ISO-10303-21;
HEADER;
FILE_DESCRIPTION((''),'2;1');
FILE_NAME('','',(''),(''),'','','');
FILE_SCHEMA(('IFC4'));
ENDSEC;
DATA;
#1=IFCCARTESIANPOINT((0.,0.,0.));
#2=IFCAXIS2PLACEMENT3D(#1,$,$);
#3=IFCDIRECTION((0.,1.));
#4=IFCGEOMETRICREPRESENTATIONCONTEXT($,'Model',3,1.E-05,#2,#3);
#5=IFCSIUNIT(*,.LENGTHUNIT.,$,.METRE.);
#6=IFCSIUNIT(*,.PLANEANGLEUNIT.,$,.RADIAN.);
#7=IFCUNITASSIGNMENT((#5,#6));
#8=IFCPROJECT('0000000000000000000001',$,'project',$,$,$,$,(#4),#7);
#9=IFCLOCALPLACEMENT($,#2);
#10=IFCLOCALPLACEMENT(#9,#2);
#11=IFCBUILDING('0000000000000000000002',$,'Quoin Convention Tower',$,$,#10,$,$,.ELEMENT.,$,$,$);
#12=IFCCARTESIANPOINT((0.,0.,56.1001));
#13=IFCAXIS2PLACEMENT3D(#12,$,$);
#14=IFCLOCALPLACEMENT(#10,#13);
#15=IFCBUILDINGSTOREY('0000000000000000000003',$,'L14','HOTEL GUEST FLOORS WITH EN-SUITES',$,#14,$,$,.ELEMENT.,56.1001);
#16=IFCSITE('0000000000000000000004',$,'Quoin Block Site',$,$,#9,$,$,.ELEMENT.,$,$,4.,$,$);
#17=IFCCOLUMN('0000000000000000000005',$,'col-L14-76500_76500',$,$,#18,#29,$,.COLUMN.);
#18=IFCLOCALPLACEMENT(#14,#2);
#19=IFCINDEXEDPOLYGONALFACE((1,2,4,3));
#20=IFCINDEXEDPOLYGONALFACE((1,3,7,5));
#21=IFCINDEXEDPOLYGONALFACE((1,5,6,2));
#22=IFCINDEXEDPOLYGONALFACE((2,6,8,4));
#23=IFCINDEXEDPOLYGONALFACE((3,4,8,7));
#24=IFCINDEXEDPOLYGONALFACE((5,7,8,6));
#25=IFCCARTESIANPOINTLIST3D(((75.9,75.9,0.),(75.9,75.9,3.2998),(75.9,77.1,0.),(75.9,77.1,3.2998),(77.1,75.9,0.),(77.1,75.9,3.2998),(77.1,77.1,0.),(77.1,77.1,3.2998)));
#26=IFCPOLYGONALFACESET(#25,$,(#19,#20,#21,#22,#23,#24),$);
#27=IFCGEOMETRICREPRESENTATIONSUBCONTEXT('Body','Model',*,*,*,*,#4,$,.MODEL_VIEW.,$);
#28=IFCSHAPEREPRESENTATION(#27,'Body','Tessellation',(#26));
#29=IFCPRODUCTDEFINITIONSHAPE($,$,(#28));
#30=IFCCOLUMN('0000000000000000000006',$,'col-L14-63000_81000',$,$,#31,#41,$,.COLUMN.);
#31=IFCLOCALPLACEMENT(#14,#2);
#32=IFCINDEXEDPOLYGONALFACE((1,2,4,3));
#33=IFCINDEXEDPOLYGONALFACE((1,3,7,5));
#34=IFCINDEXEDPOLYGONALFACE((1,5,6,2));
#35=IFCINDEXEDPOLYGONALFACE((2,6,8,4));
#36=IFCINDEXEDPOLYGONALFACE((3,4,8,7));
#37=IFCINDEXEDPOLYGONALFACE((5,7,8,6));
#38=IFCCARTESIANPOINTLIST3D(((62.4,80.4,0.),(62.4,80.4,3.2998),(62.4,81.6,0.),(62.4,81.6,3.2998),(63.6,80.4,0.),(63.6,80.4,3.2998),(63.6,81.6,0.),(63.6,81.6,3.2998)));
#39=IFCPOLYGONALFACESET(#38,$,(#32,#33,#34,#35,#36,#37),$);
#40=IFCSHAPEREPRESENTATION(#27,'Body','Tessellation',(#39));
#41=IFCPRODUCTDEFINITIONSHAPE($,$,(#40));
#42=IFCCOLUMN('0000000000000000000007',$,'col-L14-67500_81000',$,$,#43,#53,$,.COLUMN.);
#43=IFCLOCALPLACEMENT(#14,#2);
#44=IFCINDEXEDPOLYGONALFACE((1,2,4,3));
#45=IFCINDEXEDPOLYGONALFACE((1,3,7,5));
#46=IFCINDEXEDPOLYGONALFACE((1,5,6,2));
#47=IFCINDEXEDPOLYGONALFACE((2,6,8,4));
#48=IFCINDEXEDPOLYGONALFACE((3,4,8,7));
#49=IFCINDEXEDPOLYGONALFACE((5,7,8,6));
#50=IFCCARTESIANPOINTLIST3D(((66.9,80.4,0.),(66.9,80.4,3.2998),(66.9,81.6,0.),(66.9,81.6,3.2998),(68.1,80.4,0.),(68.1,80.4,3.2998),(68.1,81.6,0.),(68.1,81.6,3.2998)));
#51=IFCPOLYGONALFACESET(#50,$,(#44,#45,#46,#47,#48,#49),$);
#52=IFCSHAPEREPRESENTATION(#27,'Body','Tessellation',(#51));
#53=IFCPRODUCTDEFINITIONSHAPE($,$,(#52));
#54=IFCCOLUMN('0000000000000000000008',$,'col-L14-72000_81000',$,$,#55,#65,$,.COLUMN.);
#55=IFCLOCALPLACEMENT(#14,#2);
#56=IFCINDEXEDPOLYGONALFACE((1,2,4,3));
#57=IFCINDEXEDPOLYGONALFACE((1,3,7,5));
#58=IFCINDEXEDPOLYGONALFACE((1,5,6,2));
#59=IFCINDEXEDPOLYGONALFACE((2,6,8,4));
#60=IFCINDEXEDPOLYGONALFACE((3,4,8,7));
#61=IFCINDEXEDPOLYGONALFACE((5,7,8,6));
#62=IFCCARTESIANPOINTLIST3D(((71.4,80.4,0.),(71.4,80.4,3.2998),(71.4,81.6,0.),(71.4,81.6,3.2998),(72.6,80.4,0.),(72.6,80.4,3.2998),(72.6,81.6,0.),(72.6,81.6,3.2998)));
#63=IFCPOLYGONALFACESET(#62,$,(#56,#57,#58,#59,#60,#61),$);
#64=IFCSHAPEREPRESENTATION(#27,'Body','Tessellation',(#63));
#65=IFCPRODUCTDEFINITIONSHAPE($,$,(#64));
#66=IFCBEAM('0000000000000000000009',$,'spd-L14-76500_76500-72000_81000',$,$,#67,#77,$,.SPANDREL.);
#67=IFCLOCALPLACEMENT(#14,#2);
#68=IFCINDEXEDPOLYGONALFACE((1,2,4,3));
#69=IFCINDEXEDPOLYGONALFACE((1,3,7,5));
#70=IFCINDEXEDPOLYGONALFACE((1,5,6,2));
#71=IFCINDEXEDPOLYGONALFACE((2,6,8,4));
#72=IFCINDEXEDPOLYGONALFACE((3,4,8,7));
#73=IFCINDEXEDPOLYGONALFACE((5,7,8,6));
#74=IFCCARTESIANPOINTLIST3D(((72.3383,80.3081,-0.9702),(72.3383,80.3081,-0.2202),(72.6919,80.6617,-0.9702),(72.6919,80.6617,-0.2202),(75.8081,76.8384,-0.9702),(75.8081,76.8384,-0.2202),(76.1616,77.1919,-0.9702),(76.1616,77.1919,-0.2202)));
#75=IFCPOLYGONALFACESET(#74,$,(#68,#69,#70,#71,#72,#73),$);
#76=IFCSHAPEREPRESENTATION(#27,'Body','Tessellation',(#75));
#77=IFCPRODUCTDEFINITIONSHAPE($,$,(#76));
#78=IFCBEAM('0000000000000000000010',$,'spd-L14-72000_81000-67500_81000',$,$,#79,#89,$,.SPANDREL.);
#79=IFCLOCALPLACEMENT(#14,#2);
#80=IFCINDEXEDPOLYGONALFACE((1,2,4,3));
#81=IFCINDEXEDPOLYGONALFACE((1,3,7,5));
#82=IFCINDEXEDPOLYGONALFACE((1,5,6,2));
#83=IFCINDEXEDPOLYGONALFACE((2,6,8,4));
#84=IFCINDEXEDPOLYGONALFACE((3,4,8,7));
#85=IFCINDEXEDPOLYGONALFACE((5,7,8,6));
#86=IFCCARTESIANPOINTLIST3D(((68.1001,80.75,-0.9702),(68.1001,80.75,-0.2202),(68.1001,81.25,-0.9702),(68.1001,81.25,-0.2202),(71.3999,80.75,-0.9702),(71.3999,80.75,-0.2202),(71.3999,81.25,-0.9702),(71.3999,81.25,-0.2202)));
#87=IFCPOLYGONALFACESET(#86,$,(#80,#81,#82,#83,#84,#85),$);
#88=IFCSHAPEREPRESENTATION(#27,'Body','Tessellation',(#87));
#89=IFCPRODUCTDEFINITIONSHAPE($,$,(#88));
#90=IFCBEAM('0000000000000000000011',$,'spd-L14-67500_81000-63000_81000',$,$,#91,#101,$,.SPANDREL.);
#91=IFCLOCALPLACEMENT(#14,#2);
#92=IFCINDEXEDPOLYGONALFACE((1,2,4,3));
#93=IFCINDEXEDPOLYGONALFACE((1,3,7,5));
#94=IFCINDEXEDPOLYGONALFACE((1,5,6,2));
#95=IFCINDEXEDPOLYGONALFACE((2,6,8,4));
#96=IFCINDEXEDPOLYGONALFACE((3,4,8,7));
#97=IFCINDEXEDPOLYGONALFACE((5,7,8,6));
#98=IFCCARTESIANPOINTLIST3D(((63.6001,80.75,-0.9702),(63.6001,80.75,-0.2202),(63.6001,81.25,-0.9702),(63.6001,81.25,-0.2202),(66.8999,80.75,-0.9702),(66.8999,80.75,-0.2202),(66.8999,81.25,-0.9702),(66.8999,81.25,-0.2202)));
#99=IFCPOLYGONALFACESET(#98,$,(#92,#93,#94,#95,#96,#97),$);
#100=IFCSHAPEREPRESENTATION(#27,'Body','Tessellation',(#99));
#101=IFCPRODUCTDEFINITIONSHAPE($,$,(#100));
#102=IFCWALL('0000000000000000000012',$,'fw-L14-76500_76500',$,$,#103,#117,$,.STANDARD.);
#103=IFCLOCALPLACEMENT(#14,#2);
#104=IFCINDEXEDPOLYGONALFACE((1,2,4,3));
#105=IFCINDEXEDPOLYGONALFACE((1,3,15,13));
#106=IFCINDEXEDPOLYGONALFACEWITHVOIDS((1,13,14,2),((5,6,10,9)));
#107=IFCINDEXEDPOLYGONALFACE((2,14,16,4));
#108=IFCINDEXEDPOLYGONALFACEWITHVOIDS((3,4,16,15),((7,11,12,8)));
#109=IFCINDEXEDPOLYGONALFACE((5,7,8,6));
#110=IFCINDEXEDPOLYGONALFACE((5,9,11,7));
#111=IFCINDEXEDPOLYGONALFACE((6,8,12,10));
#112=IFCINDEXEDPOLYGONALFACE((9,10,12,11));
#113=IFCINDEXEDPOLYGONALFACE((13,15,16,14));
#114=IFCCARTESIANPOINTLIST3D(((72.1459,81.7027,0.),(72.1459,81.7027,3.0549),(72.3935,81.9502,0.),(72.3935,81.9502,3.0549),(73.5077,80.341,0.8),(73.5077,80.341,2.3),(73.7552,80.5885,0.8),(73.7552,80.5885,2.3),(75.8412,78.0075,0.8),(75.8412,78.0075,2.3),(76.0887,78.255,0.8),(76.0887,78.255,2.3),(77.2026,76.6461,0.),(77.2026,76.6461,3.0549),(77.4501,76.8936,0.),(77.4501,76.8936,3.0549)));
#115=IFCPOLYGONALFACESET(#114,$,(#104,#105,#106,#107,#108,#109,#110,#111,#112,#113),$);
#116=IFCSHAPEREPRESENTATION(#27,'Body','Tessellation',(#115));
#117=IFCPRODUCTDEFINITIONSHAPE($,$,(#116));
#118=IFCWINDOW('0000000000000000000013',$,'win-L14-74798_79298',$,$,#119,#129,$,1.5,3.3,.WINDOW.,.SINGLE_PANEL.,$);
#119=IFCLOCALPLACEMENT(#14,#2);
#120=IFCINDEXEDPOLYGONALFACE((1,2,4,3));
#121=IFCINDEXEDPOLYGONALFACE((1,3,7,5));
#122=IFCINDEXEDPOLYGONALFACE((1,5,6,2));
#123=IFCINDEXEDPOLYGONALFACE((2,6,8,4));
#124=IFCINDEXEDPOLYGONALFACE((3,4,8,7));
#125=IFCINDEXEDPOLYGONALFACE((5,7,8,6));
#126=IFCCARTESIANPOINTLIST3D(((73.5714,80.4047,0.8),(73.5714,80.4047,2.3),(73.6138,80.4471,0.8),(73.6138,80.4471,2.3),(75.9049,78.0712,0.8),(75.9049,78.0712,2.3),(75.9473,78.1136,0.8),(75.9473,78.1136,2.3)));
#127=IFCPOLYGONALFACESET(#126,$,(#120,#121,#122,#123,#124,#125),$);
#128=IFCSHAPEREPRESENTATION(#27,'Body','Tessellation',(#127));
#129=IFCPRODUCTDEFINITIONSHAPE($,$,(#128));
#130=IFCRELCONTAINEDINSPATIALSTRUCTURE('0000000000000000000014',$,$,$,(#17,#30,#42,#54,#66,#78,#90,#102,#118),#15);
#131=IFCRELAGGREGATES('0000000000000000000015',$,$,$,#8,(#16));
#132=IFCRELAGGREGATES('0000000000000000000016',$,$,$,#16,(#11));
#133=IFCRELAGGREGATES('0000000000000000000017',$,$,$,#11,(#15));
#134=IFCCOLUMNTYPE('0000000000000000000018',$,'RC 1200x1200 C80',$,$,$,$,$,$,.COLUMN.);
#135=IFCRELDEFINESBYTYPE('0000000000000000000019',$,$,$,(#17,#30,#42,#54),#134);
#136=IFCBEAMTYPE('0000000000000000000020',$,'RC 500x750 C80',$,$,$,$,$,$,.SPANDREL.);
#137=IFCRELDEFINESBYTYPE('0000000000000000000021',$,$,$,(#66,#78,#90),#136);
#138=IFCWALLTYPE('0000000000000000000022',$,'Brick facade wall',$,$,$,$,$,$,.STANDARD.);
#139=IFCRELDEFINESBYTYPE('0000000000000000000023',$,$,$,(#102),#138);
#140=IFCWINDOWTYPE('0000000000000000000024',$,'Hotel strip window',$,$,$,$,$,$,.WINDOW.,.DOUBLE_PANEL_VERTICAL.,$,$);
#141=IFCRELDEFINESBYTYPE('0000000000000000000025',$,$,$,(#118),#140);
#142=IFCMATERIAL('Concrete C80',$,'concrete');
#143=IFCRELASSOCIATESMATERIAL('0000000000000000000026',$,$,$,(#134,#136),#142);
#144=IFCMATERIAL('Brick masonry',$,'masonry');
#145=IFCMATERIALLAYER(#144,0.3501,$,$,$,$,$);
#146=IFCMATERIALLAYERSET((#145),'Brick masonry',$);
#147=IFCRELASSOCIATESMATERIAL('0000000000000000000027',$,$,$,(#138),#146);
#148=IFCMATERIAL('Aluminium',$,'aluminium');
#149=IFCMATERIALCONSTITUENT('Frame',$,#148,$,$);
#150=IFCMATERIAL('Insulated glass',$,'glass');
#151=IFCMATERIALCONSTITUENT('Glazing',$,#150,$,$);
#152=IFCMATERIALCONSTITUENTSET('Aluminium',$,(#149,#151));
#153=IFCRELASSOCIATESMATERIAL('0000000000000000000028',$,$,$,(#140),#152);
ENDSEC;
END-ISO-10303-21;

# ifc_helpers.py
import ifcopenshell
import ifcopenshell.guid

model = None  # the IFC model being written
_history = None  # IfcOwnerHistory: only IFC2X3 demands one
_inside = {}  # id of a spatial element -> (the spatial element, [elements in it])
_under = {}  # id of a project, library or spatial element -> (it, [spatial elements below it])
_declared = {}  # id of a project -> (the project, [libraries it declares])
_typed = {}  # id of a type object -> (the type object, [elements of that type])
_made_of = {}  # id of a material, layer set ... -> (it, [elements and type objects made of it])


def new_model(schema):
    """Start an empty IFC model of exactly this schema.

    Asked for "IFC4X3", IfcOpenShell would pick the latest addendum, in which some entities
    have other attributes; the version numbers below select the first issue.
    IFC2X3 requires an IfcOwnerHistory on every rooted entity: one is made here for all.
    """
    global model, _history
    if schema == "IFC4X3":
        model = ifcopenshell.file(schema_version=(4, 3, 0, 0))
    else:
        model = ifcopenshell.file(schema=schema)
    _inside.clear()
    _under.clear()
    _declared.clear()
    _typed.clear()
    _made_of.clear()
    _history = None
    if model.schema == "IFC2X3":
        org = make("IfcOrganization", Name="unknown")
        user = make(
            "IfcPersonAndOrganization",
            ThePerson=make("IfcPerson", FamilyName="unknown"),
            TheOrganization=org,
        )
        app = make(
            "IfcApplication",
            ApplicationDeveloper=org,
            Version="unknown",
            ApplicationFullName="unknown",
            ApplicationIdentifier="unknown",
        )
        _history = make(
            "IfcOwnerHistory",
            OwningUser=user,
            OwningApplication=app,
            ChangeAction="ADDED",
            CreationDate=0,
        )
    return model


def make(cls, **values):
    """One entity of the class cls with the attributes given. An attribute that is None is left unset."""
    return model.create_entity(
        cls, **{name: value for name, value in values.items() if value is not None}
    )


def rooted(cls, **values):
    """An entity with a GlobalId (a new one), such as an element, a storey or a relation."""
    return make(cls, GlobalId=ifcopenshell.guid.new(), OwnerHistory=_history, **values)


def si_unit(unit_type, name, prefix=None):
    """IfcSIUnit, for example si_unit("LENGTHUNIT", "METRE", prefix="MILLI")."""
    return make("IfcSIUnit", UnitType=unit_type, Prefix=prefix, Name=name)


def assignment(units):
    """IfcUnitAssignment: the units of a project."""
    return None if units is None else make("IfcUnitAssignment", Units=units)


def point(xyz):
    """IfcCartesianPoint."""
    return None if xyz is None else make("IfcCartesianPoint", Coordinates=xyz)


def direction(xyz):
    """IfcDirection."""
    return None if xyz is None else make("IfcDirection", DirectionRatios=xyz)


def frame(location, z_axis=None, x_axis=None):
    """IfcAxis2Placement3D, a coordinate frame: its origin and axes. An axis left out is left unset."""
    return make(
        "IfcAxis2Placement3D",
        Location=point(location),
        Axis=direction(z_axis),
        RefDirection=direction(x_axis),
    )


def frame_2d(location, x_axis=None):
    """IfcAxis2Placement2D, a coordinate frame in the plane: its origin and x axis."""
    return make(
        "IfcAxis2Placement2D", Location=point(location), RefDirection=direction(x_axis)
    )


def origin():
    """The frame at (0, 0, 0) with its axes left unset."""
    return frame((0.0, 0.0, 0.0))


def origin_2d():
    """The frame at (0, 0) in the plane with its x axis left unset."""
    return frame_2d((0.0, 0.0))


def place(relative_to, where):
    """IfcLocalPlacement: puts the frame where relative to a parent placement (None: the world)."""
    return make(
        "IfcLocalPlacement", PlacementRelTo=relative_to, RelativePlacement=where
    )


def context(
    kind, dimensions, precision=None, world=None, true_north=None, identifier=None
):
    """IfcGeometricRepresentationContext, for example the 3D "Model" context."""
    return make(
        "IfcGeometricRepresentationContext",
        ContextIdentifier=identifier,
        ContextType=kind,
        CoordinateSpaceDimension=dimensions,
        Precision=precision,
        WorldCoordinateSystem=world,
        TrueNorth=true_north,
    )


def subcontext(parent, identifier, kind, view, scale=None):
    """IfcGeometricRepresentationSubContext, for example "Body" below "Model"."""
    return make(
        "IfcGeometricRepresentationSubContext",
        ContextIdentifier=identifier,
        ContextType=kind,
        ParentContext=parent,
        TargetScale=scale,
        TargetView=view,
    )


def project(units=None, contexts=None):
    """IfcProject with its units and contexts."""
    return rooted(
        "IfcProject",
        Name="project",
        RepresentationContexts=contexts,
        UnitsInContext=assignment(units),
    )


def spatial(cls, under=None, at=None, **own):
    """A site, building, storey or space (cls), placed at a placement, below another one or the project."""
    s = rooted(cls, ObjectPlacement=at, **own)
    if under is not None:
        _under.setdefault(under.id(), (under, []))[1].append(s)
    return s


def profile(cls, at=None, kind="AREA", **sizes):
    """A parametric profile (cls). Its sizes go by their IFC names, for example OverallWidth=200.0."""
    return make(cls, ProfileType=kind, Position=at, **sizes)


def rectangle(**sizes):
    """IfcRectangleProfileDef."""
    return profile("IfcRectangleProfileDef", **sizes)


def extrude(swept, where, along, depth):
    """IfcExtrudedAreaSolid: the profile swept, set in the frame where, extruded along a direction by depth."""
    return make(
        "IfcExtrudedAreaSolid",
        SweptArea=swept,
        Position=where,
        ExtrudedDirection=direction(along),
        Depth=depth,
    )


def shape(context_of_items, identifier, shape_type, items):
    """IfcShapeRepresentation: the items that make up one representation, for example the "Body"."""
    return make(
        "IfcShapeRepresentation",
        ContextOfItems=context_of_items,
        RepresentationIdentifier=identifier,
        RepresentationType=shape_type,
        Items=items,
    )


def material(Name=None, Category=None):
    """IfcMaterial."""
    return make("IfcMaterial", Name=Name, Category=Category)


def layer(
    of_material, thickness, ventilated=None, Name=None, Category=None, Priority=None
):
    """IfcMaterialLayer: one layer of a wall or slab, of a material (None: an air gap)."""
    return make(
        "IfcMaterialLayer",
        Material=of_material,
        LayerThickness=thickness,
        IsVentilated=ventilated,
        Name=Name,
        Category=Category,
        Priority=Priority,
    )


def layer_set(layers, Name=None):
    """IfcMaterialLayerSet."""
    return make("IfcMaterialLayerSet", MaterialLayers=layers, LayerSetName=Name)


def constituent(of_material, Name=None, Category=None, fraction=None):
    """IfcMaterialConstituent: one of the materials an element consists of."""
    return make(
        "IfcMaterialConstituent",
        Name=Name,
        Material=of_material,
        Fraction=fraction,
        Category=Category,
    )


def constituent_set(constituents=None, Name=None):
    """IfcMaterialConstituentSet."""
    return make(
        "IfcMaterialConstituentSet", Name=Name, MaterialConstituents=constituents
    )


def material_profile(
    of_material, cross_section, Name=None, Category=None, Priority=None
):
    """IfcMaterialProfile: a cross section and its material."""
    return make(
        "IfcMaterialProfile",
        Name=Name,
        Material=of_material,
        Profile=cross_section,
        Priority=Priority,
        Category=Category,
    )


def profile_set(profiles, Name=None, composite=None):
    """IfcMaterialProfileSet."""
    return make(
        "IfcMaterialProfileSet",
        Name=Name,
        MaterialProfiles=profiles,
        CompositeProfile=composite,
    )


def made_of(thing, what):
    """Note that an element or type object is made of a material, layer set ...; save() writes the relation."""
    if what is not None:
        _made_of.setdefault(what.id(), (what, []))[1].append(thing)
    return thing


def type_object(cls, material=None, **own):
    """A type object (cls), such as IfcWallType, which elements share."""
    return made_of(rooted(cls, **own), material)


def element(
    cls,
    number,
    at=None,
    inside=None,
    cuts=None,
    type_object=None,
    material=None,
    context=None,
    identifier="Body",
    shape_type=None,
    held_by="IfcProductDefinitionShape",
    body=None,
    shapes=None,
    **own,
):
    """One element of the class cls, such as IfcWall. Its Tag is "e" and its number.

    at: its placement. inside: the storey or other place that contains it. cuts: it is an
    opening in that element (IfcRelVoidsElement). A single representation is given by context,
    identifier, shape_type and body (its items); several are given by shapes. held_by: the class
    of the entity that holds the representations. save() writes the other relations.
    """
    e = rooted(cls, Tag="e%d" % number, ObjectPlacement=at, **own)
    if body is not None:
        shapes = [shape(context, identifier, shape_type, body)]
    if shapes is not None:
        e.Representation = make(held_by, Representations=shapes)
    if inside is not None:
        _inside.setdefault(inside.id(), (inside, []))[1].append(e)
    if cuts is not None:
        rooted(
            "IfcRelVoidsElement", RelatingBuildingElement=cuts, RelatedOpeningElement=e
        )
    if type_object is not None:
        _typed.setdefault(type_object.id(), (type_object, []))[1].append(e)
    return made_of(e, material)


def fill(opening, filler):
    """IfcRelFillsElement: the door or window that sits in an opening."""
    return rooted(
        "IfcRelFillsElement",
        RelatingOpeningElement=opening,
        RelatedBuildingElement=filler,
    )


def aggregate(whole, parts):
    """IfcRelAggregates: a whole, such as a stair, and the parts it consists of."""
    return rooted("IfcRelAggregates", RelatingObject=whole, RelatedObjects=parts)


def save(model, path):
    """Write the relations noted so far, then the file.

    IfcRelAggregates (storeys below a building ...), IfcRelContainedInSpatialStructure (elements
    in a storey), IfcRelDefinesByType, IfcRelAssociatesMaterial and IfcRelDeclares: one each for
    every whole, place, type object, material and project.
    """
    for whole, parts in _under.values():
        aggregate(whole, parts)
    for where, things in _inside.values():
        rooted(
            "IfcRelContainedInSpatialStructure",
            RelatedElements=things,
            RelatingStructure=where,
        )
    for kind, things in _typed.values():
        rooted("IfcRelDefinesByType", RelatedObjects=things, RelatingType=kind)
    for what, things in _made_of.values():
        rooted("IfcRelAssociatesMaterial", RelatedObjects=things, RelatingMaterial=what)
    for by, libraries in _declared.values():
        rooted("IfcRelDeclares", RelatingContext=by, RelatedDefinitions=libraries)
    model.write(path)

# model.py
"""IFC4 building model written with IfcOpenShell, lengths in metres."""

from ifc_helpers import new_model, si_unit, direction, frame, frame_2d, origin, origin_2d, place, context, subcontext, project, spatial, rectangle, extrude, material, layer, layer_set, constituent, constituent_set, material_profile, profile_set, type_object, element, fill, save


model = new_model("IFC4")

# Units and contexts
model_context = context("Model", 3, precision=1e-05, world=origin(), true_north=direction((0.0, 1.0)))
body_context = subcontext(model_context, "Body", "Model", "MODEL_VIEW")
ifc_project = project(units=[si_unit("LENGTHUNIT", "METRE"), si_unit("PLANEANGLEUNIT", "RADIAN")], contexts=[model_context])

# Site, building, storey
site_placement = place(None, origin())
site = spatial("IfcSite", under=ifc_project, at=site_placement, Name="Quoin Block Site", CompositionType="ELEMENT", RefElevation=4.0)
building_placement = place(site_placement, origin())
building = spatial("IfcBuilding", under=site, at=building_placement, Name="Quoin Convention Tower", CompositionType="ELEMENT")
storey_placement = place(building_placement, frame((0.0, 0.0, 56.1001)))
storey = spatial("IfcBuildingStorey", under=building, at=storey_placement, Name="L14", Description="HOTEL GUEST FLOORS WITH EN-SUITES", CompositionType="ELEMENT", Elevation=56.1001)

# Columns
ifc_material_1 = material(Name="Concrete C80", Category="concrete")
ifc_material_profile_1 = material_profile(ifc_material_1, rectangle(XDim=1.2, YDim=1.2, at=origin_2d()), Name="RC 1200x1200")
ifc_profile_set_1 = profile_set([ifc_material_profile_1], Name="Concrete C80")
column_type = type_object("IfcColumnType", Name="RC 1200x1200 C80", PredefinedType="COLUMN", material=ifc_profile_set_1)
for number, where, z_axis, x_axis, name in (
    (1, (76.5, 76.5, 0.0), (0.0, 0.0, 1.0), (1.0, 0.0, 0.0), "col-L14-76500_76500"),
    (2, (63.0, 81.0, 0.0), (0.0, 0.0, 1.0), (1.0, 0.0, 0.0), "col-L14-63000_81000"),
    (3, (67.5, 81.0, 0.0), (0.0, 0.0, 1.0), (1.0, 0.0, 0.0), "col-L14-67500_81000"),
    (4, (72.0, 81.0, 0.0), (0.0, 0.0, 1.0), (1.0, 0.0, 0.0), "col-L14-72000_81000"),
):
    element("IfcColumn", number, at=place(storey_placement, frame(where, z_axis=z_axis, x_axis=x_axis)), inside=storey, type_object=column_type, Name=name, PredefinedType="COLUMN", context=body_context, shape_type="SweptSolid", body=[
        extrude(rectangle(XDim=1.2, YDim=1.2, at=origin_2d()), origin(), (0.0, 0.0, 1.0), 3.2998),
    ])

# Beams
ifc_material_profile_2 = material_profile(ifc_material_1, rectangle(XDim=0.5, YDim=0.75, at=origin_2d()), Name="RC 500x750")
ifc_profile_set_2 = profile_set([ifc_material_profile_2], Name="Concrete C80")
beam_type = type_object("IfcBeamType", Name="RC 500x750 C80", PredefinedType="SPANDREL", material=ifc_profile_set_2)
beam_placement = place(storey_placement, frame((75.9849, 77.0151, -0.5952), z_axis=(-0.707107, 0.707107, 0.0), x_axis=(-0.707107, -0.707107, 0.0)))
element("IfcBeam", 5, at=beam_placement, inside=storey, type_object=beam_type, Name="spd-L14-76500_76500-72000_81000", PredefinedType="SPANDREL", context=body_context, shape_type="SweptSolid", body=[
    extrude(rectangle(XDim=0.5, YDim=0.75, at=origin_2d()), origin(), (0.0, 0.0, 1.0), 4.907),
])
for number, where, z_axis, x_axis, name in (
    (6, (71.3999, 81.0, -0.5952), (-1.0, 0.0, 0.0), (0.0, -1.0, 0.0), "spd-L14-72000_81000-67500_81000"),
    (7, (66.8999, 81.0, -0.5952), (-1.0, 0.0, 0.0), (0.0, -1.0, 0.0), "spd-L14-67500_81000-63000_81000"),
):
    element("IfcBeam", number, at=place(storey_placement, frame(where, z_axis=z_axis, x_axis=x_axis)), inside=storey, type_object=beam_type, Name=name, PredefinedType="SPANDREL", context=body_context, shape_type="SweptSolid", body=[
        extrude(rectangle(XDim=0.5, YDim=0.75, at=origin_2d()), origin(), (0.0, 0.0, 1.0), 3.2998),
    ])

# Wall, opening, window
ifc_material_2 = material(Name="Brick masonry", Category="masonry")
ifc_layer_1 = layer(ifc_material_2, 0.3501)
ifc_layer_set_1 = layer_set([ifc_layer_1], Name="Brick masonry")
wall_type_1 = type_object("IfcWallType", Name="Brick facade wall", PredefinedType="STANDARD", material=ifc_layer_set_1)
wall_1_placement = place(storey_placement, frame((77.3264, 76.7698, 0.0), z_axis=(0.0, 0.0, 1.0), x_axis=(-0.707107, 0.707107, 0.0)))
wall_1 = element("IfcWall", 8, at=wall_1_placement, inside=storey, type_object=wall_type_1, Name="fw-L14-76500_76500", PredefinedType="STANDARD", context=body_context, shape_type="SweptSolid", body=[
    extrude(rectangle(XDim=7.1511, YDim=0.3501, at=frame_2d((3.5757, 0.0))), origin(), (0.0, 0.0, 1.0), 3.0549),
])
opening_1_placement = place(wall_1_placement, frame((1.9255, 0.0, 0.8)))
opening_1 = element("IfcOpeningElement", 9, at=opening_1_placement, cuts=wall_1, PredefinedType="OPENING", context=body_context, shape_type="SweptSolid", body=[
    extrude(rectangle(XDim=3.3, YDim=1.5, at=frame_2d((1.6499, 0.75))), frame((0.0, 0.1851, 0.0), z_axis=(0.0, -1.0, 0.0), x_axis=(1.0, 0.0, 0.0)), (0.0, 0.0, 1.0), 0.3701),
])
ifc_material_3 = material(Name="Aluminium", Category="aluminium")
ifc_constituent_1 = constituent(ifc_material_3, Name="Frame")
ifc_material_4 = material(Name="Insulated glass", Category="glass")
ifc_constituent_2 = constituent(ifc_material_4, Name="Glazing")
ifc_constituent_set = constituent_set(constituents=[ifc_constituent_1, ifc_constituent_2], Name="Aluminium")
window_type = type_object("IfcWindowType", Name="Hotel strip window", PartitioningType="DOUBLE_PANEL_VERTICAL", PredefinedType="WINDOW", material=ifc_constituent_set)
window_1_placement = place(opening_1_placement, origin())
window_1 = element("IfcWindow", 10, at=window_1_placement, inside=storey, type_object=window_type, Name="win-L14-74798_79298", OverallHeight=1.5, OverallWidth=3.3, PartitioningType="SINGLE_PANEL", PredefinedType="WINDOW", context=body_context, shape_type="SweptSolid", body=[
    extrude(rectangle(XDim=3.3, YDim=1.5, at=frame_2d((1.6499, 0.75))), frame((0.0, 0.085, 0.0), z_axis=(0.0, -1.0, 0.0), x_axis=(1.0, 0.0, 0.0)), (0.0, 0.0, 1.0), 0.0601),
])
fill(opening_1, window_1)

save(model, "model.ifc")
